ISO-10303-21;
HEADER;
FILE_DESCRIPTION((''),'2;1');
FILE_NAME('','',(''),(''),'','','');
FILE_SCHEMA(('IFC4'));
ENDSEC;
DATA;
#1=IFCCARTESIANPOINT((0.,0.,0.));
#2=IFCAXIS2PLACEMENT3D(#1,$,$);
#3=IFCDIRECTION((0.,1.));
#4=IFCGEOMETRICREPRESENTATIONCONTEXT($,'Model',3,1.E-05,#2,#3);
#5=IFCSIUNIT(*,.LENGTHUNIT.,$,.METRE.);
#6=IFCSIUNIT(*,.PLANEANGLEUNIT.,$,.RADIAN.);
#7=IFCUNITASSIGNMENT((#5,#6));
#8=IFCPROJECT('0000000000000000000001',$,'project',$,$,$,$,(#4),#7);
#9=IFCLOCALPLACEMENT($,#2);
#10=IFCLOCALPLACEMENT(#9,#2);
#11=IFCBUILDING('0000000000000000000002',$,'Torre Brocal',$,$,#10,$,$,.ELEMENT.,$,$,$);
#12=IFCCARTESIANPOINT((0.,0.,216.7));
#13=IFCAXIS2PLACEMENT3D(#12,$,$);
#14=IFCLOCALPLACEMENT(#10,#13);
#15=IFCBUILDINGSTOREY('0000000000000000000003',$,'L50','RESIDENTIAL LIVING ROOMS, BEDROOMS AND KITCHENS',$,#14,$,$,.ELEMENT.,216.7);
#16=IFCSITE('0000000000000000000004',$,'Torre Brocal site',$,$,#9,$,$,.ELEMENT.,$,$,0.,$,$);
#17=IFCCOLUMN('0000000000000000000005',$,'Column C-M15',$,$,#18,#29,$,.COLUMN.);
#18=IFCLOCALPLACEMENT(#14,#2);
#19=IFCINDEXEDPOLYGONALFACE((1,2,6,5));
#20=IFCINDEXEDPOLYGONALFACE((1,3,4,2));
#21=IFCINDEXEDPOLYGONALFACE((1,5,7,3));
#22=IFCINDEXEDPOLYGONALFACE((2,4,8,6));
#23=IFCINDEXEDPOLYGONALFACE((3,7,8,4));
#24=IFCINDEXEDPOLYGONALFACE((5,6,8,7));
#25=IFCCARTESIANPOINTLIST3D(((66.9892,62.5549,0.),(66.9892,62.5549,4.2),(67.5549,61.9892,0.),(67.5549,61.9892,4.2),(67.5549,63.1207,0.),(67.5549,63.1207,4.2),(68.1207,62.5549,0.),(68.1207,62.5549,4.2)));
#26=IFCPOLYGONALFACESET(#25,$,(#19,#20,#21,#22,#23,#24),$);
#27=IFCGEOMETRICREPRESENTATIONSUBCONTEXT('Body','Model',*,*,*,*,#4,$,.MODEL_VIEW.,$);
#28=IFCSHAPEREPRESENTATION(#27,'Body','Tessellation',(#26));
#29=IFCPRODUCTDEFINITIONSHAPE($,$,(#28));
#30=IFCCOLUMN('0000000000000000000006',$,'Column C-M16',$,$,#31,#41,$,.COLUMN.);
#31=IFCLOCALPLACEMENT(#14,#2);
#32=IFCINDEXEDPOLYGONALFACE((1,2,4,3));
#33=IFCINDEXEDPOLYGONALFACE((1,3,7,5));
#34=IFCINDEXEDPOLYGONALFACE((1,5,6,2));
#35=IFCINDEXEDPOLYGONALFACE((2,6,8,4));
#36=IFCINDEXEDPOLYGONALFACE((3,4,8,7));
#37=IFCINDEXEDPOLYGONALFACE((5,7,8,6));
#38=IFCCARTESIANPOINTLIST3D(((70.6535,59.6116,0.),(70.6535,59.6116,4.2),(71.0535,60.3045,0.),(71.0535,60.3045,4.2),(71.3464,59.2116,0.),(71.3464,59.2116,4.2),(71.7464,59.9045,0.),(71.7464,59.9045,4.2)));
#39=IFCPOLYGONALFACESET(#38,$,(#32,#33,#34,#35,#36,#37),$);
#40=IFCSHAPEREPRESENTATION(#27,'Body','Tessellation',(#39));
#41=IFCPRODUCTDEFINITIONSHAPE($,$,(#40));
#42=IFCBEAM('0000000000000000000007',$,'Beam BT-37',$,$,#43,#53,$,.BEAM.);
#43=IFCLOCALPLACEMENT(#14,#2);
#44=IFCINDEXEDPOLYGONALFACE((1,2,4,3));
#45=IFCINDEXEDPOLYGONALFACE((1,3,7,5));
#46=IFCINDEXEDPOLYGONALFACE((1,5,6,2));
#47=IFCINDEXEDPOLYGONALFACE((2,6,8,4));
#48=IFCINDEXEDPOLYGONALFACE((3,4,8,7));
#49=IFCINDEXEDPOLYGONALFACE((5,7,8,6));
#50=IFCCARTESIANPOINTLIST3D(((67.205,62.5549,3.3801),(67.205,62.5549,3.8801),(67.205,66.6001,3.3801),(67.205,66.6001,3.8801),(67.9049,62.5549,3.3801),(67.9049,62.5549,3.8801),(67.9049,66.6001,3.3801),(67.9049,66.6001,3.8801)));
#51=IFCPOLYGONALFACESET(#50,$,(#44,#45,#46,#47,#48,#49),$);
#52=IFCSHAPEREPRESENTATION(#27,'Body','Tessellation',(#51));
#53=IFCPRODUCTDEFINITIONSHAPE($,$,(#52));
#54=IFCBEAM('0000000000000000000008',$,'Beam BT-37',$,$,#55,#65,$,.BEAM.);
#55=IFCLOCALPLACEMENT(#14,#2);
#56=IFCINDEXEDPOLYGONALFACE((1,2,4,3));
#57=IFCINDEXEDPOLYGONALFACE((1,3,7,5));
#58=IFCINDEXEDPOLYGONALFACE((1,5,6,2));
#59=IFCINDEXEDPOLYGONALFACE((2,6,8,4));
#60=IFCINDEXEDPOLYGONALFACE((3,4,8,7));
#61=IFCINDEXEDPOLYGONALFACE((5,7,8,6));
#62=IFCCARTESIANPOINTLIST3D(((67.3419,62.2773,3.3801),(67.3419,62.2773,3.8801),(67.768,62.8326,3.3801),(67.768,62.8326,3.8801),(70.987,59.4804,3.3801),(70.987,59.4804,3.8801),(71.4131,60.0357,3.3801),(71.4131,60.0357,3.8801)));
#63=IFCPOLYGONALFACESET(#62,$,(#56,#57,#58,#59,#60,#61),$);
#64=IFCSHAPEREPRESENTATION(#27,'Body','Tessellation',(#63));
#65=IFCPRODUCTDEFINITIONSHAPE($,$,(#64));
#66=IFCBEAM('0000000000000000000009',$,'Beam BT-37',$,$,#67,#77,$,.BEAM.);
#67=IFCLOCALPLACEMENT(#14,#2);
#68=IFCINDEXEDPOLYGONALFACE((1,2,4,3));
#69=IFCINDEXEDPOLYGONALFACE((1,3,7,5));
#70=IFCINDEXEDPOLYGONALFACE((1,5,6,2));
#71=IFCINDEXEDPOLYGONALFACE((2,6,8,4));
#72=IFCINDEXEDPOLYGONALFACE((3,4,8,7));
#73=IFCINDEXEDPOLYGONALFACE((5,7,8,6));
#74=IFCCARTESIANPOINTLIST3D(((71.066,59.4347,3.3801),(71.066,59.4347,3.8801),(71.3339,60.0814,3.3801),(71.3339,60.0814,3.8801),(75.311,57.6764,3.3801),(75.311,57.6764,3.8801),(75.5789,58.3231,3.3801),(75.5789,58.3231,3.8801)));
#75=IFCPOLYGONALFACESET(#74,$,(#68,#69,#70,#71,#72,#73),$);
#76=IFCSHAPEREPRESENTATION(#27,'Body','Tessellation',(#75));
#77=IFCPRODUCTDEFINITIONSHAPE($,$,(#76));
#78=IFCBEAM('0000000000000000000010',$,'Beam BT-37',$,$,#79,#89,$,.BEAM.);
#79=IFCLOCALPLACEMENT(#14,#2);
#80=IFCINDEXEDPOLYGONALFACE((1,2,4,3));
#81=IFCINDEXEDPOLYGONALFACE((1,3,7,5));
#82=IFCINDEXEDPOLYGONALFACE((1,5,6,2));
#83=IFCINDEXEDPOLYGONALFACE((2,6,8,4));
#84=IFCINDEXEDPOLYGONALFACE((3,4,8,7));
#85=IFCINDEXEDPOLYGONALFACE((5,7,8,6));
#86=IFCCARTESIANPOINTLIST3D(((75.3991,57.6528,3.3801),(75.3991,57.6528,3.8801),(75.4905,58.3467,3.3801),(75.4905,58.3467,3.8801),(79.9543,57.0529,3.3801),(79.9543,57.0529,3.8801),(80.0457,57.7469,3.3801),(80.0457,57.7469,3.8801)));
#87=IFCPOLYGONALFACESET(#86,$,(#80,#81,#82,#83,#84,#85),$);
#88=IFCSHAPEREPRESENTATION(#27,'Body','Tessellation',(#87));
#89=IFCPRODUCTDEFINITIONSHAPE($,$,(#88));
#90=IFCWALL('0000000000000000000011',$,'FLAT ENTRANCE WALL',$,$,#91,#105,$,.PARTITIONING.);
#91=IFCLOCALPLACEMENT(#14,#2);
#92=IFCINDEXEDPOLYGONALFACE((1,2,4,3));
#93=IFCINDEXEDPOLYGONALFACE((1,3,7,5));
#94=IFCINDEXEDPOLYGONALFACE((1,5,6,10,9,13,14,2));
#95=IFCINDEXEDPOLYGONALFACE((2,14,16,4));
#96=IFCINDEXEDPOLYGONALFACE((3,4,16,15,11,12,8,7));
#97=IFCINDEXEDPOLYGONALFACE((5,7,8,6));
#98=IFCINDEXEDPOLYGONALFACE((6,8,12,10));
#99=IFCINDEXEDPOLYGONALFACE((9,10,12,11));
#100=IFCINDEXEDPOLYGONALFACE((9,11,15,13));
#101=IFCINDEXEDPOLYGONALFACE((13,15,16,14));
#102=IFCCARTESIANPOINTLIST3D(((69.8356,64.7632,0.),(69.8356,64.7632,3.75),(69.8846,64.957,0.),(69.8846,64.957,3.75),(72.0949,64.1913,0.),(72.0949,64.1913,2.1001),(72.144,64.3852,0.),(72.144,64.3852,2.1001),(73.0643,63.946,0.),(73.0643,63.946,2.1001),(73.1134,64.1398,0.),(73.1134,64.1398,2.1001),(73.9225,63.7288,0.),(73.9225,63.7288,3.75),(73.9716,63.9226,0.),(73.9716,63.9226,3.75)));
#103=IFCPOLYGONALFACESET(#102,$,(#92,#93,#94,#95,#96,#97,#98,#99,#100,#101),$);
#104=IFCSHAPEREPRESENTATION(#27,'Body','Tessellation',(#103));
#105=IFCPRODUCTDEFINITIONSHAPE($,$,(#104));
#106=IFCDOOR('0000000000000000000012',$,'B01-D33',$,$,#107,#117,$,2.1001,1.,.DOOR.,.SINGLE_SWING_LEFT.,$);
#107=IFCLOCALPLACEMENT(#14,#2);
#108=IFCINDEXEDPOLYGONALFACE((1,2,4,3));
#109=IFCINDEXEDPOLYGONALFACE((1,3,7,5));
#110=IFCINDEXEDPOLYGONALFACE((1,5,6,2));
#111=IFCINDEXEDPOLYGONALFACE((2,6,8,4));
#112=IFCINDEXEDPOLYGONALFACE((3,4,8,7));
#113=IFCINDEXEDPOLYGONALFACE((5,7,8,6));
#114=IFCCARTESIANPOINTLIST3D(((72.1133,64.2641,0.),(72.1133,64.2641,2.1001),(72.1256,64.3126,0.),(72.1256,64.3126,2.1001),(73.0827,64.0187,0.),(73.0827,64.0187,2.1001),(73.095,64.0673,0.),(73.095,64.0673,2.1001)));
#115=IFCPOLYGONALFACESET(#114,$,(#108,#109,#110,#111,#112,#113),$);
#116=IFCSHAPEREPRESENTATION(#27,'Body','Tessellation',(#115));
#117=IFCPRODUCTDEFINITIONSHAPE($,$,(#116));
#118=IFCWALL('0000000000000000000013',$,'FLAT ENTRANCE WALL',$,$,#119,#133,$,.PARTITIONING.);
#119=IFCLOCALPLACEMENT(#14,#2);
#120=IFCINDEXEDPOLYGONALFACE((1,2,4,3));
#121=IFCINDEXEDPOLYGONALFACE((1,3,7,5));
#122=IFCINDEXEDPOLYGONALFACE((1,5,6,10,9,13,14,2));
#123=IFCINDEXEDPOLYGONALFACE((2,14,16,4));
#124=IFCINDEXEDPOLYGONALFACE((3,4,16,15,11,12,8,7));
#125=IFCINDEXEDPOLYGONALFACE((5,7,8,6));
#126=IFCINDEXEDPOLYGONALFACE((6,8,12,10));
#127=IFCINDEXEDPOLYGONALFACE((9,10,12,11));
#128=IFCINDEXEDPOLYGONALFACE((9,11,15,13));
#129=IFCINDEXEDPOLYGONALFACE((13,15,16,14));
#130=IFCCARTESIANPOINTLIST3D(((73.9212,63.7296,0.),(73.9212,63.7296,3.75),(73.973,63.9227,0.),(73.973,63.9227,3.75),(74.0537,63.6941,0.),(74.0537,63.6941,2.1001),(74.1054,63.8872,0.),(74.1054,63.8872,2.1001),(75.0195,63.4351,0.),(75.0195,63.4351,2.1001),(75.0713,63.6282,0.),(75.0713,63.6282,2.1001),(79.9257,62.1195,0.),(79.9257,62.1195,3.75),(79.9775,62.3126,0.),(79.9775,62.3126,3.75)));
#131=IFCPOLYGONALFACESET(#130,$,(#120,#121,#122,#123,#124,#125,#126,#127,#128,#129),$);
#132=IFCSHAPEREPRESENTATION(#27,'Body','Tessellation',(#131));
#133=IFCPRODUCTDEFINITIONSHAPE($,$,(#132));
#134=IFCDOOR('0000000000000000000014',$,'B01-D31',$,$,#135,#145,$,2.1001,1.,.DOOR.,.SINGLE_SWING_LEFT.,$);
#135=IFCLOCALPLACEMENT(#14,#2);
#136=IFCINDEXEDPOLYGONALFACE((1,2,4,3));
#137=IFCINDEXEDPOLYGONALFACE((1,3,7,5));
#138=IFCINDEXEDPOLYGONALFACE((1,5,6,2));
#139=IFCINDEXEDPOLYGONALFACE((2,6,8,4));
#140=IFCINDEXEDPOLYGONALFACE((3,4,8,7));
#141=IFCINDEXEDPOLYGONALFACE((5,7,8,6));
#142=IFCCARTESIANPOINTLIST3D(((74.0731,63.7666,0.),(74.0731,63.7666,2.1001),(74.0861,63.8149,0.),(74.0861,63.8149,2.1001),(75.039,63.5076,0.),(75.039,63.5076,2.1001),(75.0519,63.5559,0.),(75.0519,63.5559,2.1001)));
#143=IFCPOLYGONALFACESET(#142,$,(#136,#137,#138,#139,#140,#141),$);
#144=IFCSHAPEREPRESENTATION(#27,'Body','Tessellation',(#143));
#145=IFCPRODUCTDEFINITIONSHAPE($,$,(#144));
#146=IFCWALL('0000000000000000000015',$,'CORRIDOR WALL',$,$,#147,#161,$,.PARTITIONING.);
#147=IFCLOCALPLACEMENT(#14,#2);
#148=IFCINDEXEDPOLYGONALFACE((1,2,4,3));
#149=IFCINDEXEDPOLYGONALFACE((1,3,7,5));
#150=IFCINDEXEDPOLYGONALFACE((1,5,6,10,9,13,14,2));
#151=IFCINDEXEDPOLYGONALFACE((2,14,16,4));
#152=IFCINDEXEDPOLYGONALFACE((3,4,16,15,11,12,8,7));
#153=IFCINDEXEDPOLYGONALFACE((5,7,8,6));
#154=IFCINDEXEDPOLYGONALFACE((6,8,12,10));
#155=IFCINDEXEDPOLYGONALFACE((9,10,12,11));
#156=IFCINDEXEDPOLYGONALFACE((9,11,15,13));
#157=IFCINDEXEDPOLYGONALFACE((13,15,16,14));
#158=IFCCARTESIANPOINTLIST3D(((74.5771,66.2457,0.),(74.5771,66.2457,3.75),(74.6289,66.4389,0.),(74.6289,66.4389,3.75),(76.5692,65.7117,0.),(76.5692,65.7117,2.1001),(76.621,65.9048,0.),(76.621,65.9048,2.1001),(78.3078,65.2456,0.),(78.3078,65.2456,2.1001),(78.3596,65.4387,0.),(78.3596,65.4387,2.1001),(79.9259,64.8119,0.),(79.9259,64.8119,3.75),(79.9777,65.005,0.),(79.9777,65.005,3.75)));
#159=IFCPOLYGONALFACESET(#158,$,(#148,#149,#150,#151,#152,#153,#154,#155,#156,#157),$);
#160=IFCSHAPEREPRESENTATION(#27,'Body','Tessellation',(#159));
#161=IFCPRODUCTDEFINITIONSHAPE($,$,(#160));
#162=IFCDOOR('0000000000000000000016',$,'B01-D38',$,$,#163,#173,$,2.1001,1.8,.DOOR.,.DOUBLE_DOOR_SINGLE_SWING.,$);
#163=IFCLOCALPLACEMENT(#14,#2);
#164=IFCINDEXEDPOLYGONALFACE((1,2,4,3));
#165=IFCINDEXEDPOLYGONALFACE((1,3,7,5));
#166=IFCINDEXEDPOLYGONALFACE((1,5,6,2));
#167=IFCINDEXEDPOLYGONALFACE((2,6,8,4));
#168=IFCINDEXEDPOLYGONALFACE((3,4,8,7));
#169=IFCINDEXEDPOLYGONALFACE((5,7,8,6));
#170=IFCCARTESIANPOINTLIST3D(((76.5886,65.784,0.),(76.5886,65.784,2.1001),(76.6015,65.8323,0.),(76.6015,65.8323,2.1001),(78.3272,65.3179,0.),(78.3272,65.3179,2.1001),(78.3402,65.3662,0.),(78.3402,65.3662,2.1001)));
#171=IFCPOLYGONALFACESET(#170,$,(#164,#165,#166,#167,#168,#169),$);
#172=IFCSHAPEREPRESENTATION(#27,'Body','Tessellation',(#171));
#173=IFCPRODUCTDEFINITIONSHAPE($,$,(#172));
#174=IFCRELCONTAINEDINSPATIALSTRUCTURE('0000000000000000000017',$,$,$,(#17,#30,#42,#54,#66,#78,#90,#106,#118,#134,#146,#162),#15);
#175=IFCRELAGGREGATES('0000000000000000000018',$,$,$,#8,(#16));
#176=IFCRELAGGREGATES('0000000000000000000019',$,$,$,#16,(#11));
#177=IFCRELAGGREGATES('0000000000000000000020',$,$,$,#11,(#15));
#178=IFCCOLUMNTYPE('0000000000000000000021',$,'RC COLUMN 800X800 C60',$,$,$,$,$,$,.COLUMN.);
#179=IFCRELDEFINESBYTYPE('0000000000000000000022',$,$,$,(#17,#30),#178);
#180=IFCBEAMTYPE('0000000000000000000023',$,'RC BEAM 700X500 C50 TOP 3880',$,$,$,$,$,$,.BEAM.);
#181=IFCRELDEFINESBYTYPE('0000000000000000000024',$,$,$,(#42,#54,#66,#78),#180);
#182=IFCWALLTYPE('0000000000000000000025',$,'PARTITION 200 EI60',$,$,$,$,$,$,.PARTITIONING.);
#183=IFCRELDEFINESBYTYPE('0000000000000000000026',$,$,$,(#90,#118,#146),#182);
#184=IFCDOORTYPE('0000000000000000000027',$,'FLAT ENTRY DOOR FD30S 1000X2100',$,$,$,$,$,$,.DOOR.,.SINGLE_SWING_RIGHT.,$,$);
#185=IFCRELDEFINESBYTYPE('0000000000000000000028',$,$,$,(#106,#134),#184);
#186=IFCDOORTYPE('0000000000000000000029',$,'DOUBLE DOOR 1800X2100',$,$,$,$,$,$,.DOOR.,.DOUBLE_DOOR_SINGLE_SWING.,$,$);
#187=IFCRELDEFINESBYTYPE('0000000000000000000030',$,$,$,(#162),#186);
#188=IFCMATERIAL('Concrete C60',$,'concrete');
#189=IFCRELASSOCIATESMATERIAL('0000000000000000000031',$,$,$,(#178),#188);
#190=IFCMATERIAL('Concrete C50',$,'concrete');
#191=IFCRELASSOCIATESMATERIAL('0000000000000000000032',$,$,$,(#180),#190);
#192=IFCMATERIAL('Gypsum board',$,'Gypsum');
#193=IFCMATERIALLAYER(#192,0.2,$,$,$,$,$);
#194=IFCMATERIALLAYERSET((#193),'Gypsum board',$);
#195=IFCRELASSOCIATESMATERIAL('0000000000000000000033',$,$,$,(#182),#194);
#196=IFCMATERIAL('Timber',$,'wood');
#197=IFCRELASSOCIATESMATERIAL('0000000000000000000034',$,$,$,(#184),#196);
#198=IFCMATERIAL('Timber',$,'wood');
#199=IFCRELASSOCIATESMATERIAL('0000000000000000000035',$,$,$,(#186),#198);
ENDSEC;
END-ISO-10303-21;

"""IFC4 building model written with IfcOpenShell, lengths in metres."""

from ifc_helpers import new_model, si_unit, direction, frame, frame_2d, origin, origin_2d, place, context, subcontext, project, spatial, rectangle, extrude, material, layer, layer_set, material_profile, profile_set, type_object, element, fill, save


model = new_model("IFC4")

# Units and contexts
model_context = context("Model", 3, precision=1e-05, world=origin(), true_north=direction((0.0, 1.0)))
body_context = subcontext(model_context, "Body", "Model", "MODEL_VIEW")
ifc_project = project(units=[si_unit("LENGTHUNIT", "METRE"), si_unit("PLANEANGLEUNIT", "RADIAN")], contexts=[model_context])

# Site, building, storey
site_placement = place(None, origin())
site = spatial("IfcSite", under=ifc_project, at=site_placement, Name="Torre Brocal site", CompositionType="ELEMENT", RefElevation=0.0)
building_placement = place(site_placement, origin())
building = spatial("IfcBuilding", under=site, at=building_placement, Name="Torre Brocal", CompositionType="ELEMENT")
storey_placement = place(building_placement, frame((0.0, 0.0, 216.7)))
storey = spatial("IfcBuildingStorey", under=building, at=storey_placement, Name="L50", Description="RESIDENTIAL LIVING ROOMS, BEDROOMS AND KITCHENS", CompositionType="ELEMENT", Elevation=216.7)

# Columns
ifc_material_1 = material(Name="Concrete C60", Category="concrete")
ifc_material_profile_1 = material_profile(ifc_material_1, rectangle(XDim=0.8, YDim=0.8, at=origin_2d()), Name="RC 800X800")
ifc_profile_set_1 = profile_set([ifc_material_profile_1], Name="Concrete C60")
column_type = type_object("IfcColumnType", Name="RC COLUMN 800X800 C60", PredefinedType="COLUMN", material=ifc_profile_set_1)
for number, where, z_axis, x_axis, name in (
    (1, (67.5549, 62.5549, 0.0), (0.0, 0.0, 1.0), (-0.707107, -0.707107, 0.0), "Column C-M15"),
    (2, (71.2, 59.7581, 0.0), (0.0, 0.0, 1.0), (-0.5, -0.866025, 0.0), "Column C-M16"),
):
    element("IfcColumn", number, at=place(storey_placement, frame(where, z_axis=z_axis, x_axis=x_axis)), inside=storey, type_object=column_type, Name=name, PredefinedType="COLUMN", context=body_context, shape_type="SweptSolid", body=[
        extrude(rectangle(XDim=0.8, YDim=0.8, at=origin_2d()), origin(), (0.0, 0.0, 1.0), 4.2),
    ])

# Beams
ifc_material_2 = material(Name="Concrete C50", Category="concrete")
ifc_material_profile_2 = material_profile(ifc_material_2, rectangle(XDim=0.7, YDim=0.5, at=origin_2d()), Name="RC 700X500")
ifc_profile_set_2 = profile_set([ifc_material_profile_2], Name="Concrete C50")
beam_type = type_object("IfcBeamType", Name="RC BEAM 700X500 C50 TOP 3880", PredefinedType="BEAM", material=ifc_profile_set_2)
beam_1_placement = place(storey_placement, frame((67.5549, 62.5549, 3.6301), z_axis=(0.0, 1.0, 0.0), x_axis=(-1.0, 0.0, 0.0)))
element("IfcBeam", 3, at=beam_1_placement, inside=storey, type_object=beam_type, Name="Beam BT-37", PredefinedType="BEAM", context=body_context, shape_type="SweptSolid", body=[
    extrude(rectangle(XDim=0.7, YDim=0.5, at=origin_2d()), origin(), (0.0, 0.0, 1.0), 4.0452),
])
beam_2_placement = place(storey_placement, frame((67.5549, 62.5549, 3.6301), z_axis=(0.793358, -0.608755, 0.0), x_axis=(0.608755, 0.793358, 0.0)))
element("IfcBeam", 4, at=beam_2_placement, inside=storey, type_object=beam_type, Name="Beam BT-37", PredefinedType="BEAM", context=body_context, shape_type="SweptSolid", body=[
    extrude(rectangle(XDim=0.7, YDim=0.5, at=origin_2d()), origin(), (0.0, 0.0, 1.0), 4.5945),
])
beam_3_placement = place(storey_placement, frame((71.2, 59.7581, 3.6301), z_axis=(0.923878, -0.382687, 0.0), x_axis=(0.382687, 0.923878, 0.0)))
element("IfcBeam", 5, at=beam_3_placement, inside=storey, type_object=beam_type, Name="Beam BT-37", PredefinedType="BEAM", context=body_context, shape_type="SweptSolid", body=[
    extrude(rectangle(XDim=0.7, YDim=0.5, at=origin_2d()), origin(), (0.0, 0.0, 1.0), 4.5947),
])
beam_4_placement = place(storey_placement, frame((75.4448, 57.9998, 3.6301), z_axis=(0.991441, -0.130559, 0.0), x_axis=(0.130559, 0.991441, 0.0)))
element("IfcBeam", 6, at=beam_4_placement, inside=storey, type_object=beam_type, Name="Beam BT-37", PredefinedType="BEAM", context=body_context, shape_type="SweptSolid", body=[
    extrude(rectangle(XDim=0.7, YDim=0.5, at=origin_2d()), origin(), (0.0, 0.0, 1.0), 4.5945),
])

# Walls, openings, doors
ifc_material_3 = material(Name="Gypsum board", Category="Gypsum")
ifc_layer_1 = layer(ifc_material_3, 0.2)
ifc_layer_set_1 = layer_set([ifc_layer_1], Name="Gypsum board")
wall_type_1 = type_object("IfcWallType", Name="PARTITION 200 EI60", PredefinedType="PARTITIONING", material=ifc_layer_set_1)
wall_1_placement = place(storey_placement, frame((69.8601, 64.8601, 0.0), z_axis=(0.0, 0.0, 1.0), x_axis=(0.96943, -0.245369, 0.0)))
wall_1 = element("IfcWall", 7, at=wall_1_placement, inside=storey, type_object=wall_type_1, Name="FLAT ENTRANCE WALL", PredefinedType="PARTITIONING", context=body_context, shape_type="SweptSolid", body=[
    extrude(rectangle(XDim=4.2158, YDim=0.2, at=frame_2d((2.1079, 0.0))), origin(), (0.0, 0.0, 1.0), 3.75),
])
opening_1_placement = place(wall_1_placement, frame((2.3306, 0.0, 0.0)))
opening_1 = element("IfcOpeningElement", 8, at=opening_1_placement, cuts=wall_1, PredefinedType="OPENING", context=body_context, shape_type="SweptSolid", body=[
    extrude(rectangle(XDim=1.0, YDim=2.1001, at=frame_2d((0.5, 1.05))), frame((0.0, 0.1099, 0.0), z_axis=(0.0, -1.0, 0.0), x_axis=(1.0, 0.0, 0.0)), (0.0, 0.0, 1.0), 0.22),
])
ifc_material_4 = material(Name="Timber", Category="wood")
door_type_1 = type_object("IfcDoorType", Name="FLAT ENTRY DOOR FD30S 1000X2100", OperationType="SINGLE_SWING_RIGHT", PredefinedType="DOOR", material=ifc_material_4)
door_1_placement = place(opening_1_placement, frame((1.0, 0.0, 0.0), z_axis=(0.0, 0.0, 1.0), x_axis=(-1.0, 0.0, 0.0)))
door_1 = element("IfcDoor", 9, at=door_1_placement, inside=storey, type_object=door_type_1, Name="B01-D33", OperationType="SINGLE_SWING_LEFT", OverallHeight=2.1001, OverallWidth=1.0, PredefinedType="DOOR", context=body_context, shape_type="SweptSolid", body=[
    extrude(rectangle(XDim=1.0, YDim=2.1001, at=frame_2d((0.5, 1.05))), frame((0.0, 0.0249, 0.0), z_axis=(0.0, -1.0, 0.0), x_axis=(1.0, 0.0, 0.0)), (0.0, 0.0, 1.0), 0.05),
])
fill(opening_1, door_1)
wall_2_placement = place(storey_placement, frame((73.947, 63.8262, 0.0), z_axis=(0.0, 0.0, 1.0), x_axis=(0.965876, -0.259004, 0.0)))
wall_2 = element("IfcWall", 10, at=wall_2_placement, inside=storey, type_object=wall_type_1, Name="FLAT ENTRANCE WALL", PredefinedType="PARTITIONING", context=body_context, shape_type="SweptSolid", body=[
    extrude(rectangle(XDim=6.2166, YDim=0.2, at=frame_2d((3.1084, 0.0))), origin(), (0.0, 0.0, 1.0), 3.75),
])
opening_2_placement = place(wall_2_placement, frame((0.1372, 0.0, 0.0)))
opening_2 = element("IfcOpeningElement", 11, at=opening_2_placement, cuts=wall_2, PredefinedType="OPENING", context=body_context, shape_type="SweptSolid", body=[
    extrude(rectangle(XDim=1.0, YDim=2.1001, at=frame_2d((0.5, 1.05))), frame((0.0, 0.1099, 0.0), z_axis=(0.0, -1.0, 0.0), x_axis=(1.0, 0.0, 0.0)), (0.0, 0.0, 1.0), 0.22),
])
door_2_placement = place(opening_2_placement, frame((1.0, 0.0, 0.0), z_axis=(0.0, 0.0, 1.0), x_axis=(-1.0, 0.0, 0.0)))
door_2 = element("IfcDoor", 12, at=door_2_placement, inside=storey, type_object=door_type_1, Name="B01-D31", OperationType="SINGLE_SWING_LEFT", OverallHeight=2.1001, OverallWidth=1.0, PredefinedType="DOOR", context=body_context, shape_type="SweptSolid", body=[
    extrude(rectangle(XDim=1.0, YDim=2.1001, at=frame_2d((0.5, 1.05))), frame((0.0, 0.0249, 0.0), z_axis=(0.0, -1.0, 0.0), x_axis=(1.0, 0.0, 0.0)), (0.0, 0.0, 1.0), 0.05),
])
fill(opening_2, door_2)
wall_3_placement = place(storey_placement, frame((74.603, 66.3423, 0.0), z_axis=(0.0, 0.0, 1.0), x_axis=(0.965895, -0.258933, 0.0)))
wall_3 = element("IfcWall", 13, at=wall_3_placement, inside=storey, type_object=wall_type_1, Name="CORRIDOR WALL", PredefinedType="PARTITIONING", context=body_context, shape_type="SweptSolid", body=[
    extrude(rectangle(XDim=5.5376, YDim=0.2, at=frame_2d((2.7688, 0.0))), origin(), (0.0, 0.0, 1.0), 3.75),
])
opening_3_placement = place(wall_3_placement, frame((2.0625, 0.0, 0.0)))
opening_3 = element("IfcOpeningElement", 14, at=opening_3_placement, cuts=wall_3, PredefinedType="OPENING", context=body_context, shape_type="SweptSolid", body=[
    extrude(rectangle(XDim=1.8, YDim=2.1001, at=frame_2d((0.8999, 1.05))), frame((0.0, 0.1099, 0.0), z_axis=(0.0, -1.0, 0.0), x_axis=(1.0, 0.0, 0.0)), (0.0, 0.0, 1.0), 0.22),
])
ifc_material_5 = material(Name="Timber", Category="wood")
door_type_2 = type_object("IfcDoorType", Name="DOUBLE DOOR 1800X2100", OperationType="DOUBLE_DOOR_SINGLE_SWING", PredefinedType="DOOR", material=ifc_material_5)
door_3_placement = place(opening_3_placement, origin())
door_3 = element("IfcDoor", 15, at=door_3_placement, inside=storey, type_object=door_type_2, Name="B01-D38", OperationType="DOUBLE_DOOR_SINGLE_SWING", OverallHeight=2.1001, OverallWidth=1.8, PredefinedType="DOOR", context=body_context, shape_type="SweptSolid", body=[
    extrude(rectangle(XDim=1.8, YDim=2.1001, at=frame_2d((0.8999, 1.05))), frame((0.0, 0.0249, 0.0), z_axis=(0.0, -1.0, 0.0), x_axis=(1.0, 0.0, 0.0)), (0.0, 0.0, 1.0), 0.05),
])
fill(opening_3, door_3)

save(model, "model.ifc")
